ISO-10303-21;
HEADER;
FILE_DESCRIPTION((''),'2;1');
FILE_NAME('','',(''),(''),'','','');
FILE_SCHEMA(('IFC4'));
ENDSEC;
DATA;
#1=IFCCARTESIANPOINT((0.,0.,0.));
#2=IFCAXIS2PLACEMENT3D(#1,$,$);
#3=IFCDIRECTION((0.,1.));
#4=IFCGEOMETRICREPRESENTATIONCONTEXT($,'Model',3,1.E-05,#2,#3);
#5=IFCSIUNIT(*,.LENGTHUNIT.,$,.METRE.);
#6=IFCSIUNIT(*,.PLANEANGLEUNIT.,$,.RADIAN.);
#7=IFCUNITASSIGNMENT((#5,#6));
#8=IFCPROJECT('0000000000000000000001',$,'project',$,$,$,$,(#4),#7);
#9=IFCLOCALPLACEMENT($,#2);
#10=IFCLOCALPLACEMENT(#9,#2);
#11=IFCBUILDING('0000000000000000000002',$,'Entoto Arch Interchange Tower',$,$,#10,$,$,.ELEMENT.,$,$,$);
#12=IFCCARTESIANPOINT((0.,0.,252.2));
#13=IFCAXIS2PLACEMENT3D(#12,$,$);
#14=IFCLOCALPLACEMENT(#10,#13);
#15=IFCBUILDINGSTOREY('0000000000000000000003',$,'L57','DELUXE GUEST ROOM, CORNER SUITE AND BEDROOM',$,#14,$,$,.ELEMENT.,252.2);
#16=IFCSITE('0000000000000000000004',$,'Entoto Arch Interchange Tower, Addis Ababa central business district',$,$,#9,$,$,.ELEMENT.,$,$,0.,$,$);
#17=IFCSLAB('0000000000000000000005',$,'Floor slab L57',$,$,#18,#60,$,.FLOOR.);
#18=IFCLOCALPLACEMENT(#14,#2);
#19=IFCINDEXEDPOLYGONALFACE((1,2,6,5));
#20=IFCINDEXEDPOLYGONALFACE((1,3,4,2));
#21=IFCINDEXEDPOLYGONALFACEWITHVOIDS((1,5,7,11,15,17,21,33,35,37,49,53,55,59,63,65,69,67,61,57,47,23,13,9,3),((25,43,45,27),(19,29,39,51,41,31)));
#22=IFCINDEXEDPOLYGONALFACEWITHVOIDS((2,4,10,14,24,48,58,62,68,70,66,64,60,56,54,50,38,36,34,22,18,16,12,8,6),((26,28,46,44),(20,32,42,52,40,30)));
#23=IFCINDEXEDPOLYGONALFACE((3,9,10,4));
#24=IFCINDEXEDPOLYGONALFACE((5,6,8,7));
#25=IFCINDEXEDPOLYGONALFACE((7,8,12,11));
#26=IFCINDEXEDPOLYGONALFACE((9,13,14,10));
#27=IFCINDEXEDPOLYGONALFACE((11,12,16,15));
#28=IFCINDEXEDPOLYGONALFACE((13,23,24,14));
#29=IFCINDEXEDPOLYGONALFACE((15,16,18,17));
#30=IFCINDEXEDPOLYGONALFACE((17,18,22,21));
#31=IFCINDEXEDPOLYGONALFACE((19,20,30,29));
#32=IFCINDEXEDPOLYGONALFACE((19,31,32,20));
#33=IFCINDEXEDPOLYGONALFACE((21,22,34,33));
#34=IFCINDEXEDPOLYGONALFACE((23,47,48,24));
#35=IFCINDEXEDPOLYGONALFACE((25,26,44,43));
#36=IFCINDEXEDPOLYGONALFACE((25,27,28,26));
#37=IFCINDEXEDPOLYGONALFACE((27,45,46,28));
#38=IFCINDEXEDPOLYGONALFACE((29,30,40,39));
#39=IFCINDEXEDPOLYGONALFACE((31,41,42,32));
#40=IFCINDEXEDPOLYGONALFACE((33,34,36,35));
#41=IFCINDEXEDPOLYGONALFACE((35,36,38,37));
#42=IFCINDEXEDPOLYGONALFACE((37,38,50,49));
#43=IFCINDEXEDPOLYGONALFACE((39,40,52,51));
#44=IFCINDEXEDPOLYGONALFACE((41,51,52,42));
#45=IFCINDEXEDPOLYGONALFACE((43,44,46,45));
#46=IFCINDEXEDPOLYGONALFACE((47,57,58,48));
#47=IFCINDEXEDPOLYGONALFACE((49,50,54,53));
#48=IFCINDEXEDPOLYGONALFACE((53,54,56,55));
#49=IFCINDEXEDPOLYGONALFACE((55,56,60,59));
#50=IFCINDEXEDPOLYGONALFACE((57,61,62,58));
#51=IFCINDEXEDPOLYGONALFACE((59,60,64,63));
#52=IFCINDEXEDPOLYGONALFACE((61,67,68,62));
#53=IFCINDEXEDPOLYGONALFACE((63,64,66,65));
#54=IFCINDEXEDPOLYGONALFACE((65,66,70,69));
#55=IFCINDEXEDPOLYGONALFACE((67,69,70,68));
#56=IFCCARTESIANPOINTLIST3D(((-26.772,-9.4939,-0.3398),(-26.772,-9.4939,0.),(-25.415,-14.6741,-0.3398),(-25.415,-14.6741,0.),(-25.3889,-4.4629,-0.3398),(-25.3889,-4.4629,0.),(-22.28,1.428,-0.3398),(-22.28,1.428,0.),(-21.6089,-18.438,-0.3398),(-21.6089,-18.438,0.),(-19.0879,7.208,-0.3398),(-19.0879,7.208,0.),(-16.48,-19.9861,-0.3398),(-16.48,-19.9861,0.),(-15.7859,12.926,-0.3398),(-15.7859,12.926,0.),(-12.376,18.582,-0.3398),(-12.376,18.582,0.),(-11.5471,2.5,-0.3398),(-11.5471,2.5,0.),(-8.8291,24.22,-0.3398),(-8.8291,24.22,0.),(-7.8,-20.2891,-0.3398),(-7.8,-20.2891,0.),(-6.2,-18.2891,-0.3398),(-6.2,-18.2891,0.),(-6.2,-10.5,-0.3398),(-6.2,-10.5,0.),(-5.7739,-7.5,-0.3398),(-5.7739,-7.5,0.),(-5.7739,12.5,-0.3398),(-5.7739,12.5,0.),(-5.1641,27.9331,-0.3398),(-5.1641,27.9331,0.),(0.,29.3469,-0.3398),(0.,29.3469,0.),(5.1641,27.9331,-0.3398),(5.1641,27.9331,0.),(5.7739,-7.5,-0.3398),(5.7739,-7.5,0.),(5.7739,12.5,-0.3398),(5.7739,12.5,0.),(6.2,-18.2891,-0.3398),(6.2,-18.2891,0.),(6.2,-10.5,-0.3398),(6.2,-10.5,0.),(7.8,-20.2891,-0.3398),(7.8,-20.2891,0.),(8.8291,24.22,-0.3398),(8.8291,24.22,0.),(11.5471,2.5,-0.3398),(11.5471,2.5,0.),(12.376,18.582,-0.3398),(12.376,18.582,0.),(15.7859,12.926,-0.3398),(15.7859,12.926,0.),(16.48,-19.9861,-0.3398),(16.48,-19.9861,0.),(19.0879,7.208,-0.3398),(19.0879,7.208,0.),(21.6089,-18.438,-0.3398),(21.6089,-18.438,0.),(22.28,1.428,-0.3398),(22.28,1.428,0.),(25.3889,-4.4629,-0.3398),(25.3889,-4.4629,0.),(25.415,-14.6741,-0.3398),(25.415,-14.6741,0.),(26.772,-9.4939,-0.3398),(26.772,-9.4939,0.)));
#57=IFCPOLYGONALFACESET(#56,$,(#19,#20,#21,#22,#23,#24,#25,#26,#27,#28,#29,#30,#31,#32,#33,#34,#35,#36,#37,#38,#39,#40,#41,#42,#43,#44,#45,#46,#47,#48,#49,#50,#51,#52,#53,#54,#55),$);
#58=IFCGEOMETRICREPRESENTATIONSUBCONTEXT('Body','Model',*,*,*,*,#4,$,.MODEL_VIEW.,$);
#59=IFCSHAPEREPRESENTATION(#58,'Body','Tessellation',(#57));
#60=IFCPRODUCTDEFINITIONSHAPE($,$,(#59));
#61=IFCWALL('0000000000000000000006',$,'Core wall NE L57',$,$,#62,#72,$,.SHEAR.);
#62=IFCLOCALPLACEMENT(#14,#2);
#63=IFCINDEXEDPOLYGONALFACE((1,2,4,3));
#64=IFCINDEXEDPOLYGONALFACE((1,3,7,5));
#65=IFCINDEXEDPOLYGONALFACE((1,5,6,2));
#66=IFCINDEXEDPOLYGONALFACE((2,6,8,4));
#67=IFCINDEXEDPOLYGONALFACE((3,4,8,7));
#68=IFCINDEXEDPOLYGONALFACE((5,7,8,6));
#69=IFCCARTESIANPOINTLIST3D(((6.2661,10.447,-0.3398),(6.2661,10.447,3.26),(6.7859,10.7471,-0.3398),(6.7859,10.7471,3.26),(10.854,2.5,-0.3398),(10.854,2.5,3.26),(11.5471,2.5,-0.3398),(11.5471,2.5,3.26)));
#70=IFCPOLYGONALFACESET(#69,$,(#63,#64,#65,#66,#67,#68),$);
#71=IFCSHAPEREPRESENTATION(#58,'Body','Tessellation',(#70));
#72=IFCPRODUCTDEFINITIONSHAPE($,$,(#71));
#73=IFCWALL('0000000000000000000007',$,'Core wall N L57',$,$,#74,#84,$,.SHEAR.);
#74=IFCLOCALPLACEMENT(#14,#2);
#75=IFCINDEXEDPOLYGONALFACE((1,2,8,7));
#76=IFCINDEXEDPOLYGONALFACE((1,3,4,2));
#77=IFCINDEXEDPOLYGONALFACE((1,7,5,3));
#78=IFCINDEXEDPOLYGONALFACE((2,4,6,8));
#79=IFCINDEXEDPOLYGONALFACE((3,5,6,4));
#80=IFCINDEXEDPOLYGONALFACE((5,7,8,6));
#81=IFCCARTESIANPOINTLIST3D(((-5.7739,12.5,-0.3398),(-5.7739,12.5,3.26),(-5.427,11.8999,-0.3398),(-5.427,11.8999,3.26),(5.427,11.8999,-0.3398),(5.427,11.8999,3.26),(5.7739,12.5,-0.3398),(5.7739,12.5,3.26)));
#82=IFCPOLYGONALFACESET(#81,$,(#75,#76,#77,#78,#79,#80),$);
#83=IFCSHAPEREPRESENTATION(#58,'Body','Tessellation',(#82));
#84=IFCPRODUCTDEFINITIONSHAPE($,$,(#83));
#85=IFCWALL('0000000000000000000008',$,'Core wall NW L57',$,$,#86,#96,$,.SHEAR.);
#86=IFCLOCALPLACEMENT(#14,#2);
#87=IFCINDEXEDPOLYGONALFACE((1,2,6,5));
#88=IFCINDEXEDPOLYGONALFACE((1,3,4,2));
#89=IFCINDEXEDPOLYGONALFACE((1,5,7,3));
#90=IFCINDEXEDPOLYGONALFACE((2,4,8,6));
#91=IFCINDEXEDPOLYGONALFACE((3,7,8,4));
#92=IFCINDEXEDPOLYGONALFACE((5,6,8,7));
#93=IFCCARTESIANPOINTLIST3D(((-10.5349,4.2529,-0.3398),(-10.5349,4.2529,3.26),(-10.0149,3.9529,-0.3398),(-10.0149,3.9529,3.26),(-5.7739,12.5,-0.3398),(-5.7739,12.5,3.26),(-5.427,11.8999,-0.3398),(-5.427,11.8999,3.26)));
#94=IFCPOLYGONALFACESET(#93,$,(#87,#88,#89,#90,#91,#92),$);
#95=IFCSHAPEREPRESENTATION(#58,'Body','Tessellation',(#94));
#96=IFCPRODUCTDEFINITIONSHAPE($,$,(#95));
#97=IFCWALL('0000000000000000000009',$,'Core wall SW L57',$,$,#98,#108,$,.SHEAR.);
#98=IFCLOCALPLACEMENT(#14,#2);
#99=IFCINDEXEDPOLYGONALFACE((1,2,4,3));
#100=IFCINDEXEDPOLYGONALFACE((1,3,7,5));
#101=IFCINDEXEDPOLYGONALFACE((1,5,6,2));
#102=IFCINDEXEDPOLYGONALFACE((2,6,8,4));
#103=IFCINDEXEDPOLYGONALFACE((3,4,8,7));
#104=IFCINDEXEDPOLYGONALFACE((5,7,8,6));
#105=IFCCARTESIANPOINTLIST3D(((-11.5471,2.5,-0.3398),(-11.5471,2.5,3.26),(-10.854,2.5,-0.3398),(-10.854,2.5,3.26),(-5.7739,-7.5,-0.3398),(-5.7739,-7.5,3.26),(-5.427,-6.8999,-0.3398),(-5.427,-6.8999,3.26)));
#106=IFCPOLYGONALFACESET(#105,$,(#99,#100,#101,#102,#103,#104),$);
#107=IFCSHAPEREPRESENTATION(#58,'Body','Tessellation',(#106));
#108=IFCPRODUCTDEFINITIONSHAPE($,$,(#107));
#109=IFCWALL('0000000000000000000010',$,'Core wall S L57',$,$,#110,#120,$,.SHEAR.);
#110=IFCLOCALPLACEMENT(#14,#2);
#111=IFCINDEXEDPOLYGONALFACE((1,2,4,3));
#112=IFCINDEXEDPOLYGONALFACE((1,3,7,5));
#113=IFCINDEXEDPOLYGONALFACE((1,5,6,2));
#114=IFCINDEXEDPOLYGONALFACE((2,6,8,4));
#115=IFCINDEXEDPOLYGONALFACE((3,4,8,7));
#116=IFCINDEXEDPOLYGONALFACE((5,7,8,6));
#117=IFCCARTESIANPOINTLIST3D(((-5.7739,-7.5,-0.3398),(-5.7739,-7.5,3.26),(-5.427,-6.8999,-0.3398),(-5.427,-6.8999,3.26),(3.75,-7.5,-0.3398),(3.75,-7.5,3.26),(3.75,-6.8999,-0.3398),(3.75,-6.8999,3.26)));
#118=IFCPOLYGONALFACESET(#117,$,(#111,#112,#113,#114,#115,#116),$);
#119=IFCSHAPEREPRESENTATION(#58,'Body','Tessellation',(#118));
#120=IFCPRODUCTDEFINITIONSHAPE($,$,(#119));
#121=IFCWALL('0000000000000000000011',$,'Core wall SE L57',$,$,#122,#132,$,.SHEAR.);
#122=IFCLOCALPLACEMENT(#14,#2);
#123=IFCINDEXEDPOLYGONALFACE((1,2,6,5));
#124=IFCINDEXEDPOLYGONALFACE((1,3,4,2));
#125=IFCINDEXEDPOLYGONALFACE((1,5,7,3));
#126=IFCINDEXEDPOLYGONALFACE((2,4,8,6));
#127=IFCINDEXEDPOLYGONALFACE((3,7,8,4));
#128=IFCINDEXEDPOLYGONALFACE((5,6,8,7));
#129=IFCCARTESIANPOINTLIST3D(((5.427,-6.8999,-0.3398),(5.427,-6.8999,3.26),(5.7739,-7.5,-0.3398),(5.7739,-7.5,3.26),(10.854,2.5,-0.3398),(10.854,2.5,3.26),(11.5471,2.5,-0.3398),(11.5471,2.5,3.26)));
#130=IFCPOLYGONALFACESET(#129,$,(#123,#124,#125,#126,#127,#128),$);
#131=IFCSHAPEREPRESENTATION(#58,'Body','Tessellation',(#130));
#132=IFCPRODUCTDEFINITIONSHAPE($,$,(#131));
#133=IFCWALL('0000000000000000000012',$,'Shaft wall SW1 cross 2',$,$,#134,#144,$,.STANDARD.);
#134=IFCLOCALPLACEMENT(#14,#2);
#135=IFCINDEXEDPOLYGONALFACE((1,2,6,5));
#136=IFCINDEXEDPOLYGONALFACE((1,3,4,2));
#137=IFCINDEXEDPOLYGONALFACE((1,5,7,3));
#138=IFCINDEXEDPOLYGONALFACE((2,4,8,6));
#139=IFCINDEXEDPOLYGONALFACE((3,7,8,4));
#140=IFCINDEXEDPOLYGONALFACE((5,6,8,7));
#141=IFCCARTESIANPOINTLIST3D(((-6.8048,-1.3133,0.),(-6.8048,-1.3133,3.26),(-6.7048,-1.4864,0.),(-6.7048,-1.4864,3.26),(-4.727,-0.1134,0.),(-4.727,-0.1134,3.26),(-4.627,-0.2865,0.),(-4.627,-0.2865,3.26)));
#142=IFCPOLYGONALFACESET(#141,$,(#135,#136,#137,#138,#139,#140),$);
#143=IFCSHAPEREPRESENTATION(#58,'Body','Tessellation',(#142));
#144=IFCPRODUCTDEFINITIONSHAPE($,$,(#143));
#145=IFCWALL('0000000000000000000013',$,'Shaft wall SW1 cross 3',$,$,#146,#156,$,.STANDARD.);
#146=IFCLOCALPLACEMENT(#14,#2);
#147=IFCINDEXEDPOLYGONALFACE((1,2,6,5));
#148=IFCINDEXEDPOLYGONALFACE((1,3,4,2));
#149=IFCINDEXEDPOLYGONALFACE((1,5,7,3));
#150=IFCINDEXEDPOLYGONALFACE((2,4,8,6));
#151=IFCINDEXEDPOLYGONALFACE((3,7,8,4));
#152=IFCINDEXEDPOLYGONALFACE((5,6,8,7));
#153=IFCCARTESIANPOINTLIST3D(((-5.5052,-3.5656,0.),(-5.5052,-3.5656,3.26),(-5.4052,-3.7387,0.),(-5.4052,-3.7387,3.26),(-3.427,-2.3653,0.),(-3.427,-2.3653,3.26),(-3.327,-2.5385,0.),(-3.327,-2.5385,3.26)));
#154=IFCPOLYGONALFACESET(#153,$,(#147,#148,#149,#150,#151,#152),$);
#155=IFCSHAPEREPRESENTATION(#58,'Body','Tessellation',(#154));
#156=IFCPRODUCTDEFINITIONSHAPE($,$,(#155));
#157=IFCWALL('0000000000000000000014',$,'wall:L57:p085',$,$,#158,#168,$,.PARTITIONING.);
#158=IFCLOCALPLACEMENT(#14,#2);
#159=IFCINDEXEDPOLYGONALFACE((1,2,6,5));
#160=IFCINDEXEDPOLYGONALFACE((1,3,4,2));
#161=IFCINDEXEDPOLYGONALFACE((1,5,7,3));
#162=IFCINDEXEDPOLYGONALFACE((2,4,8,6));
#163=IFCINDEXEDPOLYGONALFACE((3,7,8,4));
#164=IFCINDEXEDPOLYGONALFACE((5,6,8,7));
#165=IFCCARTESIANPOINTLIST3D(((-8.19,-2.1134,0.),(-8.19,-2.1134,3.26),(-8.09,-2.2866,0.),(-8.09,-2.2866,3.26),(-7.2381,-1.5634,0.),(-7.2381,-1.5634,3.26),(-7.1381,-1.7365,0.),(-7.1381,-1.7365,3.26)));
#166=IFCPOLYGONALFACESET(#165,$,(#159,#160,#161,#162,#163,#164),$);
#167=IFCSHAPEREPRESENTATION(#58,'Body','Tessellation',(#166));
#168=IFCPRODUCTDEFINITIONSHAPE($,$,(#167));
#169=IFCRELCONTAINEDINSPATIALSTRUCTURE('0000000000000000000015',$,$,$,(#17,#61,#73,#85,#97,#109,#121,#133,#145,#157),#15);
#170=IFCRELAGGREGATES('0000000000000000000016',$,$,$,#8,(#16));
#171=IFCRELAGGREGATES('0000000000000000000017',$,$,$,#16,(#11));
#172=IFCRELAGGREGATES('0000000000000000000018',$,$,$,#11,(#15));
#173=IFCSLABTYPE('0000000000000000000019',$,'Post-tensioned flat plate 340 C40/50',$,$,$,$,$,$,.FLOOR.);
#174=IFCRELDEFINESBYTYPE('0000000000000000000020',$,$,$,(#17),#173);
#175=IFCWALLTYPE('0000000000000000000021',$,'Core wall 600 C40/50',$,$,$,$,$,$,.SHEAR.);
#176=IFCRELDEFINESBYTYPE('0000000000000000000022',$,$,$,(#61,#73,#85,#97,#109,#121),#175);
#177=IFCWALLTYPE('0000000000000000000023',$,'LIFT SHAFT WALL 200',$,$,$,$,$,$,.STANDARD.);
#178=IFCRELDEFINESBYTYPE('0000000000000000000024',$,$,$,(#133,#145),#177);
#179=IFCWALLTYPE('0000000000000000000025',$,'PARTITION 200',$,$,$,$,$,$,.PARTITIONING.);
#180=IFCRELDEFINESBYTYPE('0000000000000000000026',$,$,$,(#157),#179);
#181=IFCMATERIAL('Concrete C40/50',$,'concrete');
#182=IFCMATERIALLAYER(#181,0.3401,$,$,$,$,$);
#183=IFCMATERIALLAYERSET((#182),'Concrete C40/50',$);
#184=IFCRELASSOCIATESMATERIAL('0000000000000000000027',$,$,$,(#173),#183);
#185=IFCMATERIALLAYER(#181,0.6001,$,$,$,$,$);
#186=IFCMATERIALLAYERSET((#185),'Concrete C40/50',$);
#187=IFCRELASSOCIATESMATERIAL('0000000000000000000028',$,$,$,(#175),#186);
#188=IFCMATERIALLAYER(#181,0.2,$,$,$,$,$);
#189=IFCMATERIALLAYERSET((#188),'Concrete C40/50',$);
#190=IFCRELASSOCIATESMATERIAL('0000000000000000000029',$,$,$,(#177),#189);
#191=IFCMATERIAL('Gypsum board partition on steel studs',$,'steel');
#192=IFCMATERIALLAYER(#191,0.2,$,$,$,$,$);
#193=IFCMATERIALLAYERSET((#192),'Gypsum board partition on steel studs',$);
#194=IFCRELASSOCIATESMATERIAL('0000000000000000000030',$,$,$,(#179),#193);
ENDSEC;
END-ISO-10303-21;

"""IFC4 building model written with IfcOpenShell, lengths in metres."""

from ifc_helpers import new_model, si_unit, direction, frame, frame_2d, origin, place, context, subcontext, project, spatial, polyline, rectangle, outline, extrude, material, layer, layer_set, type_object, element, save


model = new_model("IFC4")

# Units and contexts
model_context = context("Model", 3, precision=1e-05, world=origin(), true_north=direction((0.0, 1.0)))
body_context = subcontext(model_context, "Body", "Model", "MODEL_VIEW")
ifc_project = project(units=[si_unit("LENGTHUNIT", "METRE"), si_unit("PLANEANGLEUNIT", "RADIAN")], contexts=[model_context])

# Site, building, storey
site_placement = place(None, origin())
site = spatial("IfcSite", under=ifc_project, at=site_placement, Name="Entoto Arch Interchange Tower, Addis Ababa central business district", CompositionType="ELEMENT", RefElevation=0.0)
building_placement = place(site_placement, origin())
building = spatial("IfcBuilding", under=site, at=building_placement, Name="Entoto Arch Interchange Tower", CompositionType="ELEMENT")
storey_placement = place(building_placement, frame((0.0, 0.0, 252.2)))
storey = spatial("IfcBuildingStorey", under=building, at=storey_placement, Name="L57", Description="DELUXE GUEST ROOM, CORNER SUITE AND BEDROOM", CompositionType="ELEMENT", Elevation=252.2)

# Slab
ifc_material_1 = material(Name="Concrete C40/50", Category="concrete")
ifc_layer_1 = layer(ifc_material_1, 0.3401)
ifc_layer_set_1 = layer_set([ifc_layer_1], Name="Concrete C40/50")
slab_type = type_object("IfcSlabType", Name="Post-tensioned flat plate 340 C40/50", PredefinedType="FLOOR", material=ifc_layer_set_1)
slab_placement = place(storey_placement, frame((0.0, 0.0, -0.3398)))
element("IfcSlab", 1, at=slab_placement, inside=storey, type_object=slab_type, Name="Floor slab L57", PredefinedType="FLOOR", context=body_context, shape_type="SweptSolid", body=[
    extrude(outline(polyline([(-16.48, -19.9861), (-7.8, -20.2891), (7.8, -20.2891), (16.48, -19.9861), (21.6089, -18.438), (25.415, -14.6741), (26.772, -9.4939), (25.3889, -4.4629), (22.28, 1.428), (19.0879, 7.208), (15.7859, 12.926), (12.376, 18.582), (8.8291, 24.22), (5.1641, 27.9331), (0.0, 29.3469), (-5.1641, 27.9331), (-8.8291, 24.22), (-12.376, 18.582), (-15.7859, 12.926), (-19.0879, 7.208), (-22.28, 1.428), (-25.3889, -4.4629), (-26.772, -9.4939), (-25.415, -14.6741), (-21.6089, -18.438), (-16.48, -19.9861)]), holes=[polyline([(6.2, -18.2891), (6.2, -10.5), (-6.2, -10.5), (-6.2, -18.2891), (6.2, -18.2891)]), polyline([(11.5471, 2.5), (5.7739, 12.5), (-5.7739, 12.5), (-11.5471, 2.5), (-5.7739, -7.5), (5.7739, -7.5), (11.5471, 2.5)])]), origin(), (0.0, 0.0, 1.0), 0.3398),
])

# Walls
ifc_layer_2 = layer(ifc_material_1, 0.6001)
ifc_layer_set_2 = layer_set([ifc_layer_2], Name="Concrete C40/50")
wall_type_1 = type_object("IfcWallType", Name="Core wall 600 C40/50", PredefinedType="SHEAR", material=ifc_layer_set_2)
wall_1_placement = place(storey_placement, frame((0.0, 0.0, -0.3398)))
element("IfcWall", 2, at=wall_1_placement, inside=storey, type_object=wall_type_1, Name="Core wall NE L57", PredefinedType="SHEAR", context=body_context, shape_type="SweptSolid", body=[
    extrude(outline(polyline([(6.7859, 10.7471), (6.2661, 10.447), (10.854, 2.5), (11.5471, 2.5), (6.7859, 10.7471)])), origin(), (0.0, 0.0, 1.0), 3.5999),
])
wall_2_placement = place(storey_placement, frame((0.0, 0.0, -0.3398)))
element("IfcWall", 3, at=wall_2_placement, inside=storey, type_object=wall_type_1, Name="Core wall N L57", PredefinedType="SHEAR", context=body_context, shape_type="SweptSolid", body=[
    extrude(outline(polyline([(5.7739, 12.5), (-5.7739, 12.5), (-5.427, 11.8999), (5.427, 11.8999), (5.7739, 12.5)])), origin(), (0.0, 0.0, 1.0), 3.5999),
])
wall_3_placement = place(storey_placement, frame((0.0, 0.0, -0.3398)))
element("IfcWall", 4, at=wall_3_placement, inside=storey, type_object=wall_type_1, Name="Core wall NW L57", PredefinedType="SHEAR", context=body_context, shape_type="SweptSolid", body=[
    extrude(outline(polyline([(-10.5349, 4.2529), (-10.0149, 3.9529), (-5.427, 11.8999), (-5.7739, 12.5), (-10.5349, 4.2529)])), origin(), (0.0, 0.0, 1.0), 3.5999),
])
wall_4_placement = place(storey_placement, frame((0.0, 0.0, -0.3398)))
element("IfcWall", 5, at=wall_4_placement, inside=storey, type_object=wall_type_1, Name="Core wall SW L57", PredefinedType="SHEAR", context=body_context, shape_type="SweptSolid", body=[
    extrude(outline(polyline([(-11.5471, 2.5), (-5.7739, -7.5), (-5.427, -6.8999), (-10.854, 2.5), (-11.5471, 2.5)])), origin(), (0.0, 0.0, 1.0), 3.5999),
])
wall_5_placement = place(storey_placement, frame((0.0, 0.0, -0.3398)))
element("IfcWall", 6, at=wall_5_placement, inside=storey, type_object=wall_type_1, Name="Core wall S L57", PredefinedType="SHEAR", context=body_context, shape_type="SweptSolid", body=[
    extrude(outline(polyline([(3.75, -7.5), (3.75, -6.8999), (-5.427, -6.8999), (-5.7739, -7.5), (3.75, -7.5)])), origin(), (0.0, 0.0, 1.0), 3.5999),
])
wall_6_placement = place(storey_placement, frame((0.0, 0.0, -0.3398)))
element("IfcWall", 7, at=wall_6_placement, inside=storey, type_object=wall_type_1, Name="Core wall SE L57", PredefinedType="SHEAR", context=body_context, shape_type="SweptSolid", body=[
    extrude(outline(polyline([(5.7739, -7.5), (11.5471, 2.5), (10.854, 2.5), (5.427, -6.8999), (5.7739, -7.5)])), origin(), (0.0, 0.0, 1.0), 3.5999),
])
ifc_layer_3 = layer(ifc_material_1, 0.2)
ifc_layer_set_3 = layer_set([ifc_layer_3], Name="Concrete C40/50")
wall_type_2 = type_object("IfcWallType", Name="LIFT SHAFT WALL 200", PredefinedType="STANDARD", material=ifc_layer_set_3)
wall_7_placement = place(storey_placement, frame((-4.677, -0.2, 0.0), z_axis=(0.0, 0.0, 1.0), x_axis=(-0.865974, -0.500089, 0.0)))
element("IfcWall", 8, at=wall_7_placement, inside=storey, type_object=wall_type_2, Name="Shaft wall SW1 cross 2", PredefinedType="STANDARD", context=body_context, shape_type="SweptSolid", body=[
    extrude(rectangle(XDim=2.3994, YDim=0.2, at=frame_2d((1.1997, 0.0))), origin(), (0.0, 0.0, 1.0), 3.26),
])
wall_8_placement = place(storey_placement, frame((-3.377, -2.4519, 0.0), z_axis=(0.0, 0.0, 1.0), x_axis=(-0.865955, -0.500122, 0.0)))
element("IfcWall", 9, at=wall_8_placement, inside=storey, type_object=wall_type_2, Name="Shaft wall SW1 cross 3", PredefinedType="STANDARD", context=body_context, shape_type="SweptSolid", body=[
    extrude(rectangle(XDim=2.3999, YDim=0.2, at=frame_2d((1.2, 0.0))), origin(), (0.0, 0.0, 1.0), 3.26),
])
ifc_material_2 = material(Name="Gypsum board partition on steel studs", Category="steel")
ifc_layer_4 = layer(ifc_material_2, 0.2)
ifc_layer_set_4 = layer_set([ifc_layer_4], Name="Gypsum board partition on steel studs")
wall_type_3 = type_object("IfcWallType", Name="PARTITION 200", PredefinedType="PARTITIONING", material=ifc_layer_set_4)
wall_9_placement = place(storey_placement, frame((-7.188, -1.6499, 0.0), z_axis=(0.0, 0.0, 1.0), x_axis=(-0.865842, -0.500318, 0.0)))
element("IfcWall", 10, at=wall_9_placement, inside=storey, type_object=wall_type_3, Name="wall:L57:p085", PredefinedType="PARTITIONING", context=body_context, shape_type="SweptSolid", body=[
    extrude(rectangle(XDim=1.0994, YDim=0.2, at=frame_2d((0.5498, 0.0))), origin(), (0.0, 0.0, 1.0), 3.26),
])

save(model, "model.ifc")
